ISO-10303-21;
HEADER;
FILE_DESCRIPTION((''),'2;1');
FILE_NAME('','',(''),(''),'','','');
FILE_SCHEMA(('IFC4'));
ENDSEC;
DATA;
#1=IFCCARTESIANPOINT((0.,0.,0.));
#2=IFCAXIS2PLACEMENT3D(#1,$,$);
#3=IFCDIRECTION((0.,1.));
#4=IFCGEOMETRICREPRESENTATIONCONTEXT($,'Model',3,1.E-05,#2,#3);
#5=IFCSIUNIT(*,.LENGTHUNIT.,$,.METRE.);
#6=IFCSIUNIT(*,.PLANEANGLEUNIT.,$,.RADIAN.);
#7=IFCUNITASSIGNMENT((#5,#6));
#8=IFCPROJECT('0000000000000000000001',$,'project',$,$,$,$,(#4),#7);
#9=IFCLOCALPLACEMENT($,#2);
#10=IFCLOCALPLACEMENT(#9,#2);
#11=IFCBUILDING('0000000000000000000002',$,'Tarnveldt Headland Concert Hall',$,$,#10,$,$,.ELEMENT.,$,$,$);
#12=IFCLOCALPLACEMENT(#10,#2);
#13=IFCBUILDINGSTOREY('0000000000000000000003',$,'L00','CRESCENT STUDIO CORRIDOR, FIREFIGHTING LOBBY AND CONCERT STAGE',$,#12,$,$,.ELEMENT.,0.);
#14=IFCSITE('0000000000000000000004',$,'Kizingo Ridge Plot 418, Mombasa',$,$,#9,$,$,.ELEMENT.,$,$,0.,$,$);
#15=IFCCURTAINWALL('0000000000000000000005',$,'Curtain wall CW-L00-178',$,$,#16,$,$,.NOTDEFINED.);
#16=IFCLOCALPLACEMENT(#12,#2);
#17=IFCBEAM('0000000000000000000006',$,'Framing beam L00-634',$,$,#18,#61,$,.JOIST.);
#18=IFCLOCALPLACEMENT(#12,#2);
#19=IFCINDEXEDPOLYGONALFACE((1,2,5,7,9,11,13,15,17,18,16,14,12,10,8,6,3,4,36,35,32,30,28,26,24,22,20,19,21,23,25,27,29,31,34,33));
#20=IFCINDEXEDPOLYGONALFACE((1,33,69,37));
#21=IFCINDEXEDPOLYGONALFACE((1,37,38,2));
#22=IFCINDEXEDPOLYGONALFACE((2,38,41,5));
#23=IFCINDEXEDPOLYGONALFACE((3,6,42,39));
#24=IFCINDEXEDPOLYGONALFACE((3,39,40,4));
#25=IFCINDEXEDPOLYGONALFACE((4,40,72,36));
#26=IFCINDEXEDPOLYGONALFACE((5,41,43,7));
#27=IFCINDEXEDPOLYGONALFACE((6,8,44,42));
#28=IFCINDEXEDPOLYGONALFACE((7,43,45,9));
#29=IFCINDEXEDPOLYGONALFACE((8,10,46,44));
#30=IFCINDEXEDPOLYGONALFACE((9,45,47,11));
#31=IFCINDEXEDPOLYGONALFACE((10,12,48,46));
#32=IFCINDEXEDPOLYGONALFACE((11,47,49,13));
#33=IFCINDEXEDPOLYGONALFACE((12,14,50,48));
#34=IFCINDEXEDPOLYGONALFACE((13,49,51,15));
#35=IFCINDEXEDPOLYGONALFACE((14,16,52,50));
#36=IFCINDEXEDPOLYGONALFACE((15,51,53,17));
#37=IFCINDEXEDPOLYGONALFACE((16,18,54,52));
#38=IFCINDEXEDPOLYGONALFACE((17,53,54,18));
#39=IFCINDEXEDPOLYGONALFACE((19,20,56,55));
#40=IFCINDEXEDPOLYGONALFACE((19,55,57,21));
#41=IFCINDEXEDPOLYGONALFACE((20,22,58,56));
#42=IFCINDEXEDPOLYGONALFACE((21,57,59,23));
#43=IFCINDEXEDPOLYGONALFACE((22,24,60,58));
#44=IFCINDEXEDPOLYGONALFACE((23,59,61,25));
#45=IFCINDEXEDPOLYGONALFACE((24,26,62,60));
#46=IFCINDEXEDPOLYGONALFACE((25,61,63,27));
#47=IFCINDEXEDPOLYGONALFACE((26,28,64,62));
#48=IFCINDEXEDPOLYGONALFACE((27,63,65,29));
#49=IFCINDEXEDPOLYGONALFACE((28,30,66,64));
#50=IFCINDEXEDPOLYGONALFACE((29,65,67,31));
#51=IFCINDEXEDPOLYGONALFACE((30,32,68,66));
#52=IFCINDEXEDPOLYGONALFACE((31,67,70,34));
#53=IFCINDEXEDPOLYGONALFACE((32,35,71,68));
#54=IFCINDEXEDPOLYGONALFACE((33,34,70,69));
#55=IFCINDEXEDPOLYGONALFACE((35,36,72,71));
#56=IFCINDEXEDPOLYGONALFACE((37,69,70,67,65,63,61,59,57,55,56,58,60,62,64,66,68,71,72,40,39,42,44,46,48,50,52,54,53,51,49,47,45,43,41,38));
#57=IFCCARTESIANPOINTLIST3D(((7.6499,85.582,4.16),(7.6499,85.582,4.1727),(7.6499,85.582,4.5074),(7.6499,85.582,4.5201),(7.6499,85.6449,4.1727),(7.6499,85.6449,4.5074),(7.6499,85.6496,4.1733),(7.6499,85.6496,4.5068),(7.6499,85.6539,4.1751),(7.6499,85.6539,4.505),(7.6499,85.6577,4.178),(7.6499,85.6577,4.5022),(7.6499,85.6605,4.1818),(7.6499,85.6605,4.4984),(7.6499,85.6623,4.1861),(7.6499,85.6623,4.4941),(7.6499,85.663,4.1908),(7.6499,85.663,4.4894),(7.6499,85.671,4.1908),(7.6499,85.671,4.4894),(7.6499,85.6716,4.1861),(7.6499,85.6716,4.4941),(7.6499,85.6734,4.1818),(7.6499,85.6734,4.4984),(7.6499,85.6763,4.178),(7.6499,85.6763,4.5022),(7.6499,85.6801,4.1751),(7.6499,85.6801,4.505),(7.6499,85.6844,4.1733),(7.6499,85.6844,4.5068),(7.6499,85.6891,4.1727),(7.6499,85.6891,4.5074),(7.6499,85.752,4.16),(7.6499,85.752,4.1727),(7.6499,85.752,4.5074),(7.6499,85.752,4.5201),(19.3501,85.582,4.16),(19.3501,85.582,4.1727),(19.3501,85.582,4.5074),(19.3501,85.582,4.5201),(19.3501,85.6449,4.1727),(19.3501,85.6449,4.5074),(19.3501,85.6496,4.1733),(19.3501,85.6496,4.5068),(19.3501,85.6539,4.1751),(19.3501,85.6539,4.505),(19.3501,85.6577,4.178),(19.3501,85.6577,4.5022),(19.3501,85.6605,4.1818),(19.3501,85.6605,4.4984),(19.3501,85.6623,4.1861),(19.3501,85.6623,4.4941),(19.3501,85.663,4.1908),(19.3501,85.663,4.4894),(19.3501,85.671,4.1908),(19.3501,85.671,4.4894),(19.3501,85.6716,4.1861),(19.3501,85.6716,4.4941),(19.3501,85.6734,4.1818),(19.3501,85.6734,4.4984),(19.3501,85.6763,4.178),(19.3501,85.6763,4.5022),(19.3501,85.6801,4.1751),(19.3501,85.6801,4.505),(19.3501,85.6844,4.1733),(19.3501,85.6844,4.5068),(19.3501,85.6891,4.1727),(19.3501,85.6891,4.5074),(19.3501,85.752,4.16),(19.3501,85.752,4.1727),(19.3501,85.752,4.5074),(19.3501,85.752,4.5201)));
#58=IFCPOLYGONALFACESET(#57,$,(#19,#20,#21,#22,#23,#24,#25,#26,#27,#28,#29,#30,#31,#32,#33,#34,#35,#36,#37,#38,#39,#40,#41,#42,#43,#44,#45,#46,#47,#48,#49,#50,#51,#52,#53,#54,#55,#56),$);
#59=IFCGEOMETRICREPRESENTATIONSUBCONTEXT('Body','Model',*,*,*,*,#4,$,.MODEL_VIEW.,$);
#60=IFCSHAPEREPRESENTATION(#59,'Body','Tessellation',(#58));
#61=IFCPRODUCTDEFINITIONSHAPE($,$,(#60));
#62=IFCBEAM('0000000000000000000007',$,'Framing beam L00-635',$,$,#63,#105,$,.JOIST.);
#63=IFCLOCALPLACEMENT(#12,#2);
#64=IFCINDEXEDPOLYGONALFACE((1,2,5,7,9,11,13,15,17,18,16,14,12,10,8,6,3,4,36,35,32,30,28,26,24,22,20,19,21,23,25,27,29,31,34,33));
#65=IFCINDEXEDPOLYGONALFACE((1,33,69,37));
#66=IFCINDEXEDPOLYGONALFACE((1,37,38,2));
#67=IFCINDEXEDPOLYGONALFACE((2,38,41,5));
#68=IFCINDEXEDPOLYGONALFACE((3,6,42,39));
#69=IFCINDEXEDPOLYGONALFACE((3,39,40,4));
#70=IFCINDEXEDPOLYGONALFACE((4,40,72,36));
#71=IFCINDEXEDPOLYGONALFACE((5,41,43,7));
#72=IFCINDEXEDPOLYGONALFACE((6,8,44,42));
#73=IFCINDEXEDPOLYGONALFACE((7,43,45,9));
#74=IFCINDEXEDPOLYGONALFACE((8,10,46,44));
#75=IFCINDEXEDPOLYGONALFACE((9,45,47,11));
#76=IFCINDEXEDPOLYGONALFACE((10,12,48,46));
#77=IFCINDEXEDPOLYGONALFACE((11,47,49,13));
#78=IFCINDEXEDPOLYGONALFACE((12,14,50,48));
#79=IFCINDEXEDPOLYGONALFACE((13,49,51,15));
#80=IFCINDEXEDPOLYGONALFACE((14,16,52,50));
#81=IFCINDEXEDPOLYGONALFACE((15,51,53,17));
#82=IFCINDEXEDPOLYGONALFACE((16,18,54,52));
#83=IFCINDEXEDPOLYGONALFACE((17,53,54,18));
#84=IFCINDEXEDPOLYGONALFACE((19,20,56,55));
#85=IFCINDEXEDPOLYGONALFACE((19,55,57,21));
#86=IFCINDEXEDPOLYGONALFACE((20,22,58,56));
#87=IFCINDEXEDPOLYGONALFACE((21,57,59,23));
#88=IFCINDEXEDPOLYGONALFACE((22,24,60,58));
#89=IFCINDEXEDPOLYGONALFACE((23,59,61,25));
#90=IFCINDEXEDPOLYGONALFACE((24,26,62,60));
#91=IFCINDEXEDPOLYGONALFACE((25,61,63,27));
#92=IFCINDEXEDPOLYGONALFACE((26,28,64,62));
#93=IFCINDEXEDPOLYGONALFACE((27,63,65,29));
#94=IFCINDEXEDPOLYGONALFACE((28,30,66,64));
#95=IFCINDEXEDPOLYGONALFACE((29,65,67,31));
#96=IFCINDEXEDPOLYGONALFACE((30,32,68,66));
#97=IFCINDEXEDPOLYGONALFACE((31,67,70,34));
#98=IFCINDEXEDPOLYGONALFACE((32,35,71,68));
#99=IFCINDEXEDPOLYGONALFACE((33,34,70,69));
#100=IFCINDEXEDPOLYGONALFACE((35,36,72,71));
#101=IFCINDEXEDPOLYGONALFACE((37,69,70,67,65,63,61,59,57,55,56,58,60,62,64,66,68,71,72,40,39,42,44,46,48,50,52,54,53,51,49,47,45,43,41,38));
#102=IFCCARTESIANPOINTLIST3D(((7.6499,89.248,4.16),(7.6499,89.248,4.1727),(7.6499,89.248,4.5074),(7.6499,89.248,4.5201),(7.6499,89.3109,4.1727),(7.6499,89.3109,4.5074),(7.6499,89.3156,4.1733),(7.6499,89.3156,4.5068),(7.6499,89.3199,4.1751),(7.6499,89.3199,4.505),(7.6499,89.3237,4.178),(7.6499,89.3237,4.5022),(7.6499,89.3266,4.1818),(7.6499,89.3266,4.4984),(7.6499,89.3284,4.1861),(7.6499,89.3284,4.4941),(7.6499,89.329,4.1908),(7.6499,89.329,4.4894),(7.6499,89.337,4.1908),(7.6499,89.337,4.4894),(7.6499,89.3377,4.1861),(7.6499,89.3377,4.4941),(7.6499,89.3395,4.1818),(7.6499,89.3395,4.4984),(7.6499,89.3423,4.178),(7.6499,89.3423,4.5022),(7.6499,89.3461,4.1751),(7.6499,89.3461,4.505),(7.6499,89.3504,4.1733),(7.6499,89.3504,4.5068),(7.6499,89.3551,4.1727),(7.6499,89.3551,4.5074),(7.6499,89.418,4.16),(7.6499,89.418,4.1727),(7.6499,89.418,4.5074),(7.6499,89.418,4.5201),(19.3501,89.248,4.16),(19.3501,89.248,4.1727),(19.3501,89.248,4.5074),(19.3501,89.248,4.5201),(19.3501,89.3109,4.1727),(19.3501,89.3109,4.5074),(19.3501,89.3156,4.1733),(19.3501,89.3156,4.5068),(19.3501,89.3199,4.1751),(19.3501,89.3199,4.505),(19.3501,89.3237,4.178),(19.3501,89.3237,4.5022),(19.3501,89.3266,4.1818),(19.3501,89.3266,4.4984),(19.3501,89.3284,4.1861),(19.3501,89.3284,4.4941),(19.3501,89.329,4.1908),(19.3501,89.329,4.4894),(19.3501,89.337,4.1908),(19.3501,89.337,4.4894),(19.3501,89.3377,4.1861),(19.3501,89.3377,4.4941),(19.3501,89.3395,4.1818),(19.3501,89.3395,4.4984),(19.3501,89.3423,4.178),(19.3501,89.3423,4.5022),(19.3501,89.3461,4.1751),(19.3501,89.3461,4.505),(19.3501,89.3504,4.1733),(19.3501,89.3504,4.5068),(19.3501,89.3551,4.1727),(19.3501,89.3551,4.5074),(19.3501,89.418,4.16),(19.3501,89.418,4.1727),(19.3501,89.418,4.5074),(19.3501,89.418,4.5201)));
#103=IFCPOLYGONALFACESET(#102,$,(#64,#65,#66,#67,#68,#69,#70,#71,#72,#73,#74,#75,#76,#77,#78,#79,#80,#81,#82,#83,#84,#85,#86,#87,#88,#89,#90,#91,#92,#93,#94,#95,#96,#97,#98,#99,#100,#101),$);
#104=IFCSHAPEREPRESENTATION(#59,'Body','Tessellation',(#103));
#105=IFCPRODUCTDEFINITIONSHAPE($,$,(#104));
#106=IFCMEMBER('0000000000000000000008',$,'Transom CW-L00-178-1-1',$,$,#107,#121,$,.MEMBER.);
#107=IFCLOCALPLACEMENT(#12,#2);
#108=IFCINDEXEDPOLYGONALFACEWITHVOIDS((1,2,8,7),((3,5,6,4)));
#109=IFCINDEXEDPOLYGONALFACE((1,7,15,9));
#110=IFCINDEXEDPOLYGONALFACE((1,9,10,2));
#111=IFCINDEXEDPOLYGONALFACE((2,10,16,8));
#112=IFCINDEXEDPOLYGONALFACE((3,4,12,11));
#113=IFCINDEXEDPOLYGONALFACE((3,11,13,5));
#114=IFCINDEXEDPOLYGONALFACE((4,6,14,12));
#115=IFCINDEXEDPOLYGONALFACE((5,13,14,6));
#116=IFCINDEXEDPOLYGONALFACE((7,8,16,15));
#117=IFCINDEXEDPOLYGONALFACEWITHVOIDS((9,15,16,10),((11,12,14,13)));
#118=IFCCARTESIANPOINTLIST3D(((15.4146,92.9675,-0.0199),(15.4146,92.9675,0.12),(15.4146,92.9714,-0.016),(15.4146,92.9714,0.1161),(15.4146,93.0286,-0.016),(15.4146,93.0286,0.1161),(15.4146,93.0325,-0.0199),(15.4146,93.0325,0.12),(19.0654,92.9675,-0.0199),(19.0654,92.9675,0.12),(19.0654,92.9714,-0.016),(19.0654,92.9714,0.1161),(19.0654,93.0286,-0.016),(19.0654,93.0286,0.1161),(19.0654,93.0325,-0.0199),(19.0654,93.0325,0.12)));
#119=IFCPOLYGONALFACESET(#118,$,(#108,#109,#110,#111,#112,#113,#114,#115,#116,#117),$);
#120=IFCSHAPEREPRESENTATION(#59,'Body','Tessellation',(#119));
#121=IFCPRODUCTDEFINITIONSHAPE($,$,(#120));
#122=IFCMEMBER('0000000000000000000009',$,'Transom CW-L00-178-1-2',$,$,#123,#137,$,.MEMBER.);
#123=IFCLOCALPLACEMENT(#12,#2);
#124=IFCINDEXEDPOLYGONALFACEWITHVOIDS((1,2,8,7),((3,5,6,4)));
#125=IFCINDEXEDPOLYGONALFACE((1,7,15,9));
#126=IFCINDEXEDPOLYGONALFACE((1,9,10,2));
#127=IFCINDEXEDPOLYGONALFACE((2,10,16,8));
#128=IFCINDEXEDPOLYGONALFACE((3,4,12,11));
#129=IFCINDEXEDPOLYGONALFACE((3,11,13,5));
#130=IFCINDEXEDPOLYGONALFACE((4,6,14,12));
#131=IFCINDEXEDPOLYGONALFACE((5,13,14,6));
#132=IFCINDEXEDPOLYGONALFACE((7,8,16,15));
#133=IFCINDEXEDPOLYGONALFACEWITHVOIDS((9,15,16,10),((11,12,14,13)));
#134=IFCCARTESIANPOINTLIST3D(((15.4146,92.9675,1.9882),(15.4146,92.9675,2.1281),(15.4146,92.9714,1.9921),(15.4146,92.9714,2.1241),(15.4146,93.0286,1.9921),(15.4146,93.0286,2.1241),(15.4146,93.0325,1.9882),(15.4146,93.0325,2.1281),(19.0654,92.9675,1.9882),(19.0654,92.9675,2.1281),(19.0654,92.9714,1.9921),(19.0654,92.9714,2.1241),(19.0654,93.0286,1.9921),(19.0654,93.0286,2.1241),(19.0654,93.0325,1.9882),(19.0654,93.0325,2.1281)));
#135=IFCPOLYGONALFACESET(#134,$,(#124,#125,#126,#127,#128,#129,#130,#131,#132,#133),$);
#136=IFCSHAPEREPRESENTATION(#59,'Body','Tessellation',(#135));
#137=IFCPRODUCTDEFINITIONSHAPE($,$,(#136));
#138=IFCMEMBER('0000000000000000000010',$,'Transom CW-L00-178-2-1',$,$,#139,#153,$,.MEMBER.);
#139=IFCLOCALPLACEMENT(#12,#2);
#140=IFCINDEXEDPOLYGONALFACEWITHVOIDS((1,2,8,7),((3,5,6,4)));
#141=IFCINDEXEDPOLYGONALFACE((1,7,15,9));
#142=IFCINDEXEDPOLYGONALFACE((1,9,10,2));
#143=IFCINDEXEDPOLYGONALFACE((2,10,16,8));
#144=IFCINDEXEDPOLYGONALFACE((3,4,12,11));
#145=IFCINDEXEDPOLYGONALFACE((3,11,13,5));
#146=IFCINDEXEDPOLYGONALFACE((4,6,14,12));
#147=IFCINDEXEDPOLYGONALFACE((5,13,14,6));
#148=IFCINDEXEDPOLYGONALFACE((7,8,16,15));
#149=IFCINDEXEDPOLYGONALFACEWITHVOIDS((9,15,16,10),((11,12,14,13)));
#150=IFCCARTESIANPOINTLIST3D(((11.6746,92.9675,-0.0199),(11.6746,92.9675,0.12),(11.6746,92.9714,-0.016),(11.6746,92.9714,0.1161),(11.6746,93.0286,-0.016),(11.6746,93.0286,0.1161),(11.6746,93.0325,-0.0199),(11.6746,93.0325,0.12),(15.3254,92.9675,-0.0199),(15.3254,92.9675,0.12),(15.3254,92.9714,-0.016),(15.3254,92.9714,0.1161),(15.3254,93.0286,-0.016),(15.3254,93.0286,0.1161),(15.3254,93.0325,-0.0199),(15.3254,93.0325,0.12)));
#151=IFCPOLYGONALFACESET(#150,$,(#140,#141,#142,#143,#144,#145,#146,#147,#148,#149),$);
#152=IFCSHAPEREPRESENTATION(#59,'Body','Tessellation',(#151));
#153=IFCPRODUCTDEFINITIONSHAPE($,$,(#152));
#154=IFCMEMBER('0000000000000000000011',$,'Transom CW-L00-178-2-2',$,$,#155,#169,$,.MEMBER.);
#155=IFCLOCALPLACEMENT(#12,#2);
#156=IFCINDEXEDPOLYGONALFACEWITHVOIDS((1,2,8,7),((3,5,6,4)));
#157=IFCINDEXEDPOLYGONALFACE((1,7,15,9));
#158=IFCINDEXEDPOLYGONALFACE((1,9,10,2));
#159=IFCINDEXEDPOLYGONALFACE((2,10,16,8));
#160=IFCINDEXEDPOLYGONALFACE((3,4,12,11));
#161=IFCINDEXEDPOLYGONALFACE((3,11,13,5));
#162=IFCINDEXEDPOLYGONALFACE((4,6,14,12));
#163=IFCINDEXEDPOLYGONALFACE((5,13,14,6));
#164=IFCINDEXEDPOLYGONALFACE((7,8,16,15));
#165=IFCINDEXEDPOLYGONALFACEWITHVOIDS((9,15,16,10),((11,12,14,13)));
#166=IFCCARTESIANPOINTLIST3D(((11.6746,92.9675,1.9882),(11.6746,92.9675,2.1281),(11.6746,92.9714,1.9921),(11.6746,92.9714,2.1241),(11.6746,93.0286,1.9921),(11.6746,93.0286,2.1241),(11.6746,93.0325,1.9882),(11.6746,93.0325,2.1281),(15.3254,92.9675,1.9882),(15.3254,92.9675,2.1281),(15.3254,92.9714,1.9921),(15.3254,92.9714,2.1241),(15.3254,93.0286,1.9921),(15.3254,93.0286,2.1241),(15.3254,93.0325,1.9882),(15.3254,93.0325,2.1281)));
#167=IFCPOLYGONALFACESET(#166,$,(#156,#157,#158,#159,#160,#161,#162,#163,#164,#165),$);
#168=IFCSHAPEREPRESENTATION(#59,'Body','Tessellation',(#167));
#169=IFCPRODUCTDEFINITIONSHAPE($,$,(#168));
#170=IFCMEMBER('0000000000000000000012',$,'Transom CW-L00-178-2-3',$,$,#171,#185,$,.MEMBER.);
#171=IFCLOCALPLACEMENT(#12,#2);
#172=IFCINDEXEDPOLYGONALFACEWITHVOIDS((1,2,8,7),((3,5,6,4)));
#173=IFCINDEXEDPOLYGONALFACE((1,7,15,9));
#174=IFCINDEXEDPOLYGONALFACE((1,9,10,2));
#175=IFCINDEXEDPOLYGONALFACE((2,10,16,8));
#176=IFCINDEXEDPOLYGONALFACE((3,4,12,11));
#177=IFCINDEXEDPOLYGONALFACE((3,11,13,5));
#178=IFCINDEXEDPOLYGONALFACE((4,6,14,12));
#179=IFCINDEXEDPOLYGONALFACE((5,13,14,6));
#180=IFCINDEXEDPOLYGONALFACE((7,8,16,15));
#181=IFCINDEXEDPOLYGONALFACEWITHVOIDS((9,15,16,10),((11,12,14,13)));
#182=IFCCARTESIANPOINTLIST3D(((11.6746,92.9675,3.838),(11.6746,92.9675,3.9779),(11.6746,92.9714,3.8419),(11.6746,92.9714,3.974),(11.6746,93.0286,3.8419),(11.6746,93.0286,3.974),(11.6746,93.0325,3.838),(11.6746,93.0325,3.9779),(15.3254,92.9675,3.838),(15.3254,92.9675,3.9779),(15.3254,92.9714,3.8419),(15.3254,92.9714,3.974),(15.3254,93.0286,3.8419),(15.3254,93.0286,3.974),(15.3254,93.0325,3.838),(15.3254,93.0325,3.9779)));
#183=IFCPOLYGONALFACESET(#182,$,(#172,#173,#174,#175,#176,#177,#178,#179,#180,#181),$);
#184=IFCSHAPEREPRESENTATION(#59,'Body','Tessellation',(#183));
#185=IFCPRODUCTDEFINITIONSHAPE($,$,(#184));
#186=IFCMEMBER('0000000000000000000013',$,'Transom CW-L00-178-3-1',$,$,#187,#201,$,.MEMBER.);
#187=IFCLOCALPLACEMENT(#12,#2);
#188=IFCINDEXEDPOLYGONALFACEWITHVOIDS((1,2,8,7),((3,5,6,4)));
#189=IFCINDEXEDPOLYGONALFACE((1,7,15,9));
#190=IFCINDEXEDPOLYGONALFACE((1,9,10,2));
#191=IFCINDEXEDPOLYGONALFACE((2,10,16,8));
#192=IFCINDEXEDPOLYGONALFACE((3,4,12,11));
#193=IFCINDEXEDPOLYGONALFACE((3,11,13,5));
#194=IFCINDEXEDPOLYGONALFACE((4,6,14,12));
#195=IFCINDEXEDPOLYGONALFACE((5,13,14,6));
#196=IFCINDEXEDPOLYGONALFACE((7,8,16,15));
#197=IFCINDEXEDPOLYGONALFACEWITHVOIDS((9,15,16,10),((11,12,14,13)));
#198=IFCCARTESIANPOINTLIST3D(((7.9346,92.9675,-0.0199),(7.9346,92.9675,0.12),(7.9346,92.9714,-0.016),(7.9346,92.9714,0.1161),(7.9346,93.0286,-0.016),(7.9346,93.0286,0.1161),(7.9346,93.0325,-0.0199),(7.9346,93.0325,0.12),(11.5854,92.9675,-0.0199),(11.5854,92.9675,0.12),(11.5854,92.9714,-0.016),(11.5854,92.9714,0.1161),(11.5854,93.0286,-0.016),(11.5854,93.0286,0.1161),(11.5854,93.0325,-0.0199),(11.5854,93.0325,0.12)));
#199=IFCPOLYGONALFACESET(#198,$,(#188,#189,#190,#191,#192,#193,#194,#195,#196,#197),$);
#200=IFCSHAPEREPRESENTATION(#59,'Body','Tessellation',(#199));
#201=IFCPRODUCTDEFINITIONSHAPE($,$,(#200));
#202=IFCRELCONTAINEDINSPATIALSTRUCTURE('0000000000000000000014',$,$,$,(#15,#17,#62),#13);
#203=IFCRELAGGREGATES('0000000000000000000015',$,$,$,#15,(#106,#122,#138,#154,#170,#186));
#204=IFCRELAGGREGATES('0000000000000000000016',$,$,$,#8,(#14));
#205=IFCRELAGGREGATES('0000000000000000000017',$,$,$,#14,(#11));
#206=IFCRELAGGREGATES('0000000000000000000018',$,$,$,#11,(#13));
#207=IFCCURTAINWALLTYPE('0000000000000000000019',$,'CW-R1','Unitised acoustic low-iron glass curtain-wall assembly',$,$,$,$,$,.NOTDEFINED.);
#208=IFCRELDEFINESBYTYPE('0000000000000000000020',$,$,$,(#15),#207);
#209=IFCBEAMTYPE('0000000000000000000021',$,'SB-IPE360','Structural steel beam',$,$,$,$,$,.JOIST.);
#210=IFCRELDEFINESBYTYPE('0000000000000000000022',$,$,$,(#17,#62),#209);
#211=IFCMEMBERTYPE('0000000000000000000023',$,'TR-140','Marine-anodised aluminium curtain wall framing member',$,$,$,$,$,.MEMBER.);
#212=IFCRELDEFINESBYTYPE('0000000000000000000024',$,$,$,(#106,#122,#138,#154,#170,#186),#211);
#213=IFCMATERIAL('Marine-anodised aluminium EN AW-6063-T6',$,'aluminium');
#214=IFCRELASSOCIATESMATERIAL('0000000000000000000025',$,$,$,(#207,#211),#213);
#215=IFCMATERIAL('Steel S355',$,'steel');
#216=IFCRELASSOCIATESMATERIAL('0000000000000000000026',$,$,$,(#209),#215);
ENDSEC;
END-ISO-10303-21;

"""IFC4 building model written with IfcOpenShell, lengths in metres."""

from ifc_helpers import new_model, si_unit, direction, frame, origin, origin_2d, place, context, subcontext, project, spatial, hollow_rectangle, i_section, extrude, material, material_profile, profile_set, type_object, element, aggregate, save


model = new_model("IFC4")

# Units and contexts
model_context = context("Model", 3, precision=1e-05, world=origin(), true_north=direction((0.0, 1.0)))
body_context = subcontext(model_context, "Body", "Model", "MODEL_VIEW")
ifc_project = project(units=[si_unit("LENGTHUNIT", "METRE"), si_unit("PLANEANGLEUNIT", "RADIAN")], contexts=[model_context])

# Site, building, storey
site_placement = place(None, origin())
site = spatial("IfcSite", under=ifc_project, at=site_placement, Name="Kizingo Ridge Plot 418, Mombasa", CompositionType="ELEMENT", RefElevation=0.0)
building_placement = place(site_placement, origin())
building = spatial("IfcBuilding", under=site, at=building_placement, Name="Tarnveldt Headland Concert Hall", CompositionType="ELEMENT")
storey_placement = place(building_placement, origin())
storey = spatial("IfcBuildingStorey", under=building, at=storey_placement, Name="L00", Description="CRESCENT STUDIO CORRIDOR, FIREFIGHTING LOBBY AND CONCERT STAGE", CompositionType="ELEMENT", Elevation=0.0)

# Curtain wall
ifc_material_1 = material(Name="Marine-anodised aluminium EN AW-6063-T6", Category="aluminium")
curtain_wall_type = type_object("IfcCurtainWallType", Name="CW-R1", Description="Unitised acoustic low-iron glass curtain-wall assembly", PredefinedType="NOTDEFINED", material=ifc_material_1)
curtain_wall_placement = place(storey_placement, origin())
curtain_wall = element("IfcCurtainWall", 1, at=curtain_wall_placement, inside=storey, type_object=curtain_wall_type, Name="Curtain wall CW-L00-178", PredefinedType="NOTDEFINED")

# Beams
ifc_material_2 = material(Name="Steel S355", Category="steel")
ifc_material_profile_1 = material_profile(ifc_material_2, i_section(OverallWidth=0.1699, OverallDepth=0.3601, WebThickness=0.0081, FlangeThickness=0.0127, FilletRadius=0.0181, at=origin_2d()), Name="IPE360", Category="steel")
ifc_profile_set_1 = profile_set([ifc_material_profile_1], Name="Steel S355")
beam_type_1 = type_object("IfcBeamType", Name="SB-IPE360", Description="Structural steel beam", PredefinedType="JOIST", material=ifc_profile_set_1)
for number, where, z_axis, x_axis, name in (
    (2, (7.6499, 85.667, 4.3401), (1.0, 0.0, 0.0), (0.0, 1.0, 0.0), "Framing beam L00-634"),
    (3, (7.6499, 89.333, 4.3401), (1.0, 0.0, 0.0), (0.0, 1.0, 0.0), "Framing beam L00-635"),
):
    element("IfcBeam", number, at=place(storey_placement, frame(where, z_axis=z_axis, x_axis=x_axis)), inside=storey, type_object=beam_type_1, Name=name, PredefinedType="JOIST", context=body_context, shape_type="SweptSolid", body=[
        extrude(i_section(OverallWidth=0.1699, OverallDepth=0.3601, WebThickness=0.0081, FlangeThickness=0.0127, FilletRadius=0.0181, at=origin_2d()), origin(), (0.0, 0.0, 1.0), 11.7002),
    ])

# Members
ifc_material_profile_2 = material_profile(ifc_material_1, hollow_rectangle(XDim=0.0649, YDim=0.1399, WallThickness=0.0039, at=origin_2d()), Name="ALU TRANSOM 65x140x4", Category="aluminium")
ifc_profile_set_2 = profile_set([ifc_material_profile_2], Name="Marine-anodised aluminium EN AW-6063-T6")
member_type_1 = type_object("IfcMemberType", Name="TR-140", Description="Marine-anodised aluminium curtain wall framing member", PredefinedType="MEMBER", material=ifc_profile_set_2)
member_1_placement = place(storey_placement, frame((19.0654, 93.0, 0.05), z_axis=(-1.0, 0.0, 0.0), x_axis=(0.0, -1.0, 0.0)))
member_1 = element("IfcMember", 4, at=member_1_placement, type_object=member_type_1, Name="Transom CW-L00-178-1-1", PredefinedType="MEMBER", context=body_context, shape_type="SweptSolid", body=[
    extrude(hollow_rectangle(XDim=0.0649, YDim=0.1399, WallThickness=0.0039, at=origin_2d()), origin(), (0.0, 0.0, 1.0), 3.6509),
])
member_2_placement = place(storey_placement, frame((19.0654, 93.0, 2.0581), z_axis=(-1.0, 0.0, 0.0), x_axis=(0.0, -1.0, 0.0)))
member_2 = element("IfcMember", 5, at=member_2_placement, type_object=member_type_1, Name="Transom CW-L00-178-1-2", PredefinedType="MEMBER", context=body_context, shape_type="SweptSolid", body=[
    extrude(hollow_rectangle(XDim=0.0649, YDim=0.1399, WallThickness=0.0039, at=origin_2d()), origin(), (0.0, 0.0, 1.0), 3.6509),
])
member_3_placement = place(storey_placement, frame((15.3254, 93.0, 0.05), z_axis=(-1.0, 0.0, 0.0), x_axis=(0.0, -1.0, 0.0)))
member_3 = element("IfcMember", 6, at=member_3_placement, type_object=member_type_1, Name="Transom CW-L00-178-2-1", PredefinedType="MEMBER", context=body_context, shape_type="SweptSolid", body=[
    extrude(hollow_rectangle(XDim=0.0649, YDim=0.1399, WallThickness=0.0039, at=origin_2d()), origin(), (0.0, 0.0, 1.0), 3.6509),
])
member_4_placement = place(storey_placement, frame((15.3254, 93.0, 2.0581), z_axis=(-1.0, 0.0, 0.0), x_axis=(0.0, -1.0, 0.0)))
member_4 = element("IfcMember", 7, at=member_4_placement, type_object=member_type_1, Name="Transom CW-L00-178-2-2", PredefinedType="MEMBER", context=body_context, shape_type="SweptSolid", body=[
    extrude(hollow_rectangle(XDim=0.0649, YDim=0.1399, WallThickness=0.0039, at=origin_2d()), origin(), (0.0, 0.0, 1.0), 3.6509),
])
member_5_placement = place(storey_placement, frame((15.3254, 93.0, 3.908), z_axis=(-1.0, 0.0, 0.0), x_axis=(0.0, -1.0, 0.0)))
member_5 = element("IfcMember", 8, at=member_5_placement, type_object=member_type_1, Name="Transom CW-L00-178-2-3", PredefinedType="MEMBER", context=body_context, shape_type="SweptSolid", body=[
    extrude(hollow_rectangle(XDim=0.0649, YDim=0.1399, WallThickness=0.0039, at=origin_2d()), origin(), (0.0, 0.0, 1.0), 3.6509),
])
member_6_placement = place(storey_placement, frame((11.5854, 93.0, 0.05), z_axis=(-1.0, 0.0, 0.0), x_axis=(0.0, -1.0, 0.0)))
member_6 = element("IfcMember", 9, at=member_6_placement, type_object=member_type_1, Name="Transom CW-L00-178-3-1", PredefinedType="MEMBER", context=body_context, shape_type="SweptSolid", body=[
    extrude(hollow_rectangle(XDim=0.0649, YDim=0.1399, WallThickness=0.0039, at=origin_2d()), origin(), (0.0, 0.0, 1.0), 3.6509),
])

aggregate(curtain_wall, [member_1, member_2, member_3, member_4, member_5, member_6])

save(model, "model.ifc")
